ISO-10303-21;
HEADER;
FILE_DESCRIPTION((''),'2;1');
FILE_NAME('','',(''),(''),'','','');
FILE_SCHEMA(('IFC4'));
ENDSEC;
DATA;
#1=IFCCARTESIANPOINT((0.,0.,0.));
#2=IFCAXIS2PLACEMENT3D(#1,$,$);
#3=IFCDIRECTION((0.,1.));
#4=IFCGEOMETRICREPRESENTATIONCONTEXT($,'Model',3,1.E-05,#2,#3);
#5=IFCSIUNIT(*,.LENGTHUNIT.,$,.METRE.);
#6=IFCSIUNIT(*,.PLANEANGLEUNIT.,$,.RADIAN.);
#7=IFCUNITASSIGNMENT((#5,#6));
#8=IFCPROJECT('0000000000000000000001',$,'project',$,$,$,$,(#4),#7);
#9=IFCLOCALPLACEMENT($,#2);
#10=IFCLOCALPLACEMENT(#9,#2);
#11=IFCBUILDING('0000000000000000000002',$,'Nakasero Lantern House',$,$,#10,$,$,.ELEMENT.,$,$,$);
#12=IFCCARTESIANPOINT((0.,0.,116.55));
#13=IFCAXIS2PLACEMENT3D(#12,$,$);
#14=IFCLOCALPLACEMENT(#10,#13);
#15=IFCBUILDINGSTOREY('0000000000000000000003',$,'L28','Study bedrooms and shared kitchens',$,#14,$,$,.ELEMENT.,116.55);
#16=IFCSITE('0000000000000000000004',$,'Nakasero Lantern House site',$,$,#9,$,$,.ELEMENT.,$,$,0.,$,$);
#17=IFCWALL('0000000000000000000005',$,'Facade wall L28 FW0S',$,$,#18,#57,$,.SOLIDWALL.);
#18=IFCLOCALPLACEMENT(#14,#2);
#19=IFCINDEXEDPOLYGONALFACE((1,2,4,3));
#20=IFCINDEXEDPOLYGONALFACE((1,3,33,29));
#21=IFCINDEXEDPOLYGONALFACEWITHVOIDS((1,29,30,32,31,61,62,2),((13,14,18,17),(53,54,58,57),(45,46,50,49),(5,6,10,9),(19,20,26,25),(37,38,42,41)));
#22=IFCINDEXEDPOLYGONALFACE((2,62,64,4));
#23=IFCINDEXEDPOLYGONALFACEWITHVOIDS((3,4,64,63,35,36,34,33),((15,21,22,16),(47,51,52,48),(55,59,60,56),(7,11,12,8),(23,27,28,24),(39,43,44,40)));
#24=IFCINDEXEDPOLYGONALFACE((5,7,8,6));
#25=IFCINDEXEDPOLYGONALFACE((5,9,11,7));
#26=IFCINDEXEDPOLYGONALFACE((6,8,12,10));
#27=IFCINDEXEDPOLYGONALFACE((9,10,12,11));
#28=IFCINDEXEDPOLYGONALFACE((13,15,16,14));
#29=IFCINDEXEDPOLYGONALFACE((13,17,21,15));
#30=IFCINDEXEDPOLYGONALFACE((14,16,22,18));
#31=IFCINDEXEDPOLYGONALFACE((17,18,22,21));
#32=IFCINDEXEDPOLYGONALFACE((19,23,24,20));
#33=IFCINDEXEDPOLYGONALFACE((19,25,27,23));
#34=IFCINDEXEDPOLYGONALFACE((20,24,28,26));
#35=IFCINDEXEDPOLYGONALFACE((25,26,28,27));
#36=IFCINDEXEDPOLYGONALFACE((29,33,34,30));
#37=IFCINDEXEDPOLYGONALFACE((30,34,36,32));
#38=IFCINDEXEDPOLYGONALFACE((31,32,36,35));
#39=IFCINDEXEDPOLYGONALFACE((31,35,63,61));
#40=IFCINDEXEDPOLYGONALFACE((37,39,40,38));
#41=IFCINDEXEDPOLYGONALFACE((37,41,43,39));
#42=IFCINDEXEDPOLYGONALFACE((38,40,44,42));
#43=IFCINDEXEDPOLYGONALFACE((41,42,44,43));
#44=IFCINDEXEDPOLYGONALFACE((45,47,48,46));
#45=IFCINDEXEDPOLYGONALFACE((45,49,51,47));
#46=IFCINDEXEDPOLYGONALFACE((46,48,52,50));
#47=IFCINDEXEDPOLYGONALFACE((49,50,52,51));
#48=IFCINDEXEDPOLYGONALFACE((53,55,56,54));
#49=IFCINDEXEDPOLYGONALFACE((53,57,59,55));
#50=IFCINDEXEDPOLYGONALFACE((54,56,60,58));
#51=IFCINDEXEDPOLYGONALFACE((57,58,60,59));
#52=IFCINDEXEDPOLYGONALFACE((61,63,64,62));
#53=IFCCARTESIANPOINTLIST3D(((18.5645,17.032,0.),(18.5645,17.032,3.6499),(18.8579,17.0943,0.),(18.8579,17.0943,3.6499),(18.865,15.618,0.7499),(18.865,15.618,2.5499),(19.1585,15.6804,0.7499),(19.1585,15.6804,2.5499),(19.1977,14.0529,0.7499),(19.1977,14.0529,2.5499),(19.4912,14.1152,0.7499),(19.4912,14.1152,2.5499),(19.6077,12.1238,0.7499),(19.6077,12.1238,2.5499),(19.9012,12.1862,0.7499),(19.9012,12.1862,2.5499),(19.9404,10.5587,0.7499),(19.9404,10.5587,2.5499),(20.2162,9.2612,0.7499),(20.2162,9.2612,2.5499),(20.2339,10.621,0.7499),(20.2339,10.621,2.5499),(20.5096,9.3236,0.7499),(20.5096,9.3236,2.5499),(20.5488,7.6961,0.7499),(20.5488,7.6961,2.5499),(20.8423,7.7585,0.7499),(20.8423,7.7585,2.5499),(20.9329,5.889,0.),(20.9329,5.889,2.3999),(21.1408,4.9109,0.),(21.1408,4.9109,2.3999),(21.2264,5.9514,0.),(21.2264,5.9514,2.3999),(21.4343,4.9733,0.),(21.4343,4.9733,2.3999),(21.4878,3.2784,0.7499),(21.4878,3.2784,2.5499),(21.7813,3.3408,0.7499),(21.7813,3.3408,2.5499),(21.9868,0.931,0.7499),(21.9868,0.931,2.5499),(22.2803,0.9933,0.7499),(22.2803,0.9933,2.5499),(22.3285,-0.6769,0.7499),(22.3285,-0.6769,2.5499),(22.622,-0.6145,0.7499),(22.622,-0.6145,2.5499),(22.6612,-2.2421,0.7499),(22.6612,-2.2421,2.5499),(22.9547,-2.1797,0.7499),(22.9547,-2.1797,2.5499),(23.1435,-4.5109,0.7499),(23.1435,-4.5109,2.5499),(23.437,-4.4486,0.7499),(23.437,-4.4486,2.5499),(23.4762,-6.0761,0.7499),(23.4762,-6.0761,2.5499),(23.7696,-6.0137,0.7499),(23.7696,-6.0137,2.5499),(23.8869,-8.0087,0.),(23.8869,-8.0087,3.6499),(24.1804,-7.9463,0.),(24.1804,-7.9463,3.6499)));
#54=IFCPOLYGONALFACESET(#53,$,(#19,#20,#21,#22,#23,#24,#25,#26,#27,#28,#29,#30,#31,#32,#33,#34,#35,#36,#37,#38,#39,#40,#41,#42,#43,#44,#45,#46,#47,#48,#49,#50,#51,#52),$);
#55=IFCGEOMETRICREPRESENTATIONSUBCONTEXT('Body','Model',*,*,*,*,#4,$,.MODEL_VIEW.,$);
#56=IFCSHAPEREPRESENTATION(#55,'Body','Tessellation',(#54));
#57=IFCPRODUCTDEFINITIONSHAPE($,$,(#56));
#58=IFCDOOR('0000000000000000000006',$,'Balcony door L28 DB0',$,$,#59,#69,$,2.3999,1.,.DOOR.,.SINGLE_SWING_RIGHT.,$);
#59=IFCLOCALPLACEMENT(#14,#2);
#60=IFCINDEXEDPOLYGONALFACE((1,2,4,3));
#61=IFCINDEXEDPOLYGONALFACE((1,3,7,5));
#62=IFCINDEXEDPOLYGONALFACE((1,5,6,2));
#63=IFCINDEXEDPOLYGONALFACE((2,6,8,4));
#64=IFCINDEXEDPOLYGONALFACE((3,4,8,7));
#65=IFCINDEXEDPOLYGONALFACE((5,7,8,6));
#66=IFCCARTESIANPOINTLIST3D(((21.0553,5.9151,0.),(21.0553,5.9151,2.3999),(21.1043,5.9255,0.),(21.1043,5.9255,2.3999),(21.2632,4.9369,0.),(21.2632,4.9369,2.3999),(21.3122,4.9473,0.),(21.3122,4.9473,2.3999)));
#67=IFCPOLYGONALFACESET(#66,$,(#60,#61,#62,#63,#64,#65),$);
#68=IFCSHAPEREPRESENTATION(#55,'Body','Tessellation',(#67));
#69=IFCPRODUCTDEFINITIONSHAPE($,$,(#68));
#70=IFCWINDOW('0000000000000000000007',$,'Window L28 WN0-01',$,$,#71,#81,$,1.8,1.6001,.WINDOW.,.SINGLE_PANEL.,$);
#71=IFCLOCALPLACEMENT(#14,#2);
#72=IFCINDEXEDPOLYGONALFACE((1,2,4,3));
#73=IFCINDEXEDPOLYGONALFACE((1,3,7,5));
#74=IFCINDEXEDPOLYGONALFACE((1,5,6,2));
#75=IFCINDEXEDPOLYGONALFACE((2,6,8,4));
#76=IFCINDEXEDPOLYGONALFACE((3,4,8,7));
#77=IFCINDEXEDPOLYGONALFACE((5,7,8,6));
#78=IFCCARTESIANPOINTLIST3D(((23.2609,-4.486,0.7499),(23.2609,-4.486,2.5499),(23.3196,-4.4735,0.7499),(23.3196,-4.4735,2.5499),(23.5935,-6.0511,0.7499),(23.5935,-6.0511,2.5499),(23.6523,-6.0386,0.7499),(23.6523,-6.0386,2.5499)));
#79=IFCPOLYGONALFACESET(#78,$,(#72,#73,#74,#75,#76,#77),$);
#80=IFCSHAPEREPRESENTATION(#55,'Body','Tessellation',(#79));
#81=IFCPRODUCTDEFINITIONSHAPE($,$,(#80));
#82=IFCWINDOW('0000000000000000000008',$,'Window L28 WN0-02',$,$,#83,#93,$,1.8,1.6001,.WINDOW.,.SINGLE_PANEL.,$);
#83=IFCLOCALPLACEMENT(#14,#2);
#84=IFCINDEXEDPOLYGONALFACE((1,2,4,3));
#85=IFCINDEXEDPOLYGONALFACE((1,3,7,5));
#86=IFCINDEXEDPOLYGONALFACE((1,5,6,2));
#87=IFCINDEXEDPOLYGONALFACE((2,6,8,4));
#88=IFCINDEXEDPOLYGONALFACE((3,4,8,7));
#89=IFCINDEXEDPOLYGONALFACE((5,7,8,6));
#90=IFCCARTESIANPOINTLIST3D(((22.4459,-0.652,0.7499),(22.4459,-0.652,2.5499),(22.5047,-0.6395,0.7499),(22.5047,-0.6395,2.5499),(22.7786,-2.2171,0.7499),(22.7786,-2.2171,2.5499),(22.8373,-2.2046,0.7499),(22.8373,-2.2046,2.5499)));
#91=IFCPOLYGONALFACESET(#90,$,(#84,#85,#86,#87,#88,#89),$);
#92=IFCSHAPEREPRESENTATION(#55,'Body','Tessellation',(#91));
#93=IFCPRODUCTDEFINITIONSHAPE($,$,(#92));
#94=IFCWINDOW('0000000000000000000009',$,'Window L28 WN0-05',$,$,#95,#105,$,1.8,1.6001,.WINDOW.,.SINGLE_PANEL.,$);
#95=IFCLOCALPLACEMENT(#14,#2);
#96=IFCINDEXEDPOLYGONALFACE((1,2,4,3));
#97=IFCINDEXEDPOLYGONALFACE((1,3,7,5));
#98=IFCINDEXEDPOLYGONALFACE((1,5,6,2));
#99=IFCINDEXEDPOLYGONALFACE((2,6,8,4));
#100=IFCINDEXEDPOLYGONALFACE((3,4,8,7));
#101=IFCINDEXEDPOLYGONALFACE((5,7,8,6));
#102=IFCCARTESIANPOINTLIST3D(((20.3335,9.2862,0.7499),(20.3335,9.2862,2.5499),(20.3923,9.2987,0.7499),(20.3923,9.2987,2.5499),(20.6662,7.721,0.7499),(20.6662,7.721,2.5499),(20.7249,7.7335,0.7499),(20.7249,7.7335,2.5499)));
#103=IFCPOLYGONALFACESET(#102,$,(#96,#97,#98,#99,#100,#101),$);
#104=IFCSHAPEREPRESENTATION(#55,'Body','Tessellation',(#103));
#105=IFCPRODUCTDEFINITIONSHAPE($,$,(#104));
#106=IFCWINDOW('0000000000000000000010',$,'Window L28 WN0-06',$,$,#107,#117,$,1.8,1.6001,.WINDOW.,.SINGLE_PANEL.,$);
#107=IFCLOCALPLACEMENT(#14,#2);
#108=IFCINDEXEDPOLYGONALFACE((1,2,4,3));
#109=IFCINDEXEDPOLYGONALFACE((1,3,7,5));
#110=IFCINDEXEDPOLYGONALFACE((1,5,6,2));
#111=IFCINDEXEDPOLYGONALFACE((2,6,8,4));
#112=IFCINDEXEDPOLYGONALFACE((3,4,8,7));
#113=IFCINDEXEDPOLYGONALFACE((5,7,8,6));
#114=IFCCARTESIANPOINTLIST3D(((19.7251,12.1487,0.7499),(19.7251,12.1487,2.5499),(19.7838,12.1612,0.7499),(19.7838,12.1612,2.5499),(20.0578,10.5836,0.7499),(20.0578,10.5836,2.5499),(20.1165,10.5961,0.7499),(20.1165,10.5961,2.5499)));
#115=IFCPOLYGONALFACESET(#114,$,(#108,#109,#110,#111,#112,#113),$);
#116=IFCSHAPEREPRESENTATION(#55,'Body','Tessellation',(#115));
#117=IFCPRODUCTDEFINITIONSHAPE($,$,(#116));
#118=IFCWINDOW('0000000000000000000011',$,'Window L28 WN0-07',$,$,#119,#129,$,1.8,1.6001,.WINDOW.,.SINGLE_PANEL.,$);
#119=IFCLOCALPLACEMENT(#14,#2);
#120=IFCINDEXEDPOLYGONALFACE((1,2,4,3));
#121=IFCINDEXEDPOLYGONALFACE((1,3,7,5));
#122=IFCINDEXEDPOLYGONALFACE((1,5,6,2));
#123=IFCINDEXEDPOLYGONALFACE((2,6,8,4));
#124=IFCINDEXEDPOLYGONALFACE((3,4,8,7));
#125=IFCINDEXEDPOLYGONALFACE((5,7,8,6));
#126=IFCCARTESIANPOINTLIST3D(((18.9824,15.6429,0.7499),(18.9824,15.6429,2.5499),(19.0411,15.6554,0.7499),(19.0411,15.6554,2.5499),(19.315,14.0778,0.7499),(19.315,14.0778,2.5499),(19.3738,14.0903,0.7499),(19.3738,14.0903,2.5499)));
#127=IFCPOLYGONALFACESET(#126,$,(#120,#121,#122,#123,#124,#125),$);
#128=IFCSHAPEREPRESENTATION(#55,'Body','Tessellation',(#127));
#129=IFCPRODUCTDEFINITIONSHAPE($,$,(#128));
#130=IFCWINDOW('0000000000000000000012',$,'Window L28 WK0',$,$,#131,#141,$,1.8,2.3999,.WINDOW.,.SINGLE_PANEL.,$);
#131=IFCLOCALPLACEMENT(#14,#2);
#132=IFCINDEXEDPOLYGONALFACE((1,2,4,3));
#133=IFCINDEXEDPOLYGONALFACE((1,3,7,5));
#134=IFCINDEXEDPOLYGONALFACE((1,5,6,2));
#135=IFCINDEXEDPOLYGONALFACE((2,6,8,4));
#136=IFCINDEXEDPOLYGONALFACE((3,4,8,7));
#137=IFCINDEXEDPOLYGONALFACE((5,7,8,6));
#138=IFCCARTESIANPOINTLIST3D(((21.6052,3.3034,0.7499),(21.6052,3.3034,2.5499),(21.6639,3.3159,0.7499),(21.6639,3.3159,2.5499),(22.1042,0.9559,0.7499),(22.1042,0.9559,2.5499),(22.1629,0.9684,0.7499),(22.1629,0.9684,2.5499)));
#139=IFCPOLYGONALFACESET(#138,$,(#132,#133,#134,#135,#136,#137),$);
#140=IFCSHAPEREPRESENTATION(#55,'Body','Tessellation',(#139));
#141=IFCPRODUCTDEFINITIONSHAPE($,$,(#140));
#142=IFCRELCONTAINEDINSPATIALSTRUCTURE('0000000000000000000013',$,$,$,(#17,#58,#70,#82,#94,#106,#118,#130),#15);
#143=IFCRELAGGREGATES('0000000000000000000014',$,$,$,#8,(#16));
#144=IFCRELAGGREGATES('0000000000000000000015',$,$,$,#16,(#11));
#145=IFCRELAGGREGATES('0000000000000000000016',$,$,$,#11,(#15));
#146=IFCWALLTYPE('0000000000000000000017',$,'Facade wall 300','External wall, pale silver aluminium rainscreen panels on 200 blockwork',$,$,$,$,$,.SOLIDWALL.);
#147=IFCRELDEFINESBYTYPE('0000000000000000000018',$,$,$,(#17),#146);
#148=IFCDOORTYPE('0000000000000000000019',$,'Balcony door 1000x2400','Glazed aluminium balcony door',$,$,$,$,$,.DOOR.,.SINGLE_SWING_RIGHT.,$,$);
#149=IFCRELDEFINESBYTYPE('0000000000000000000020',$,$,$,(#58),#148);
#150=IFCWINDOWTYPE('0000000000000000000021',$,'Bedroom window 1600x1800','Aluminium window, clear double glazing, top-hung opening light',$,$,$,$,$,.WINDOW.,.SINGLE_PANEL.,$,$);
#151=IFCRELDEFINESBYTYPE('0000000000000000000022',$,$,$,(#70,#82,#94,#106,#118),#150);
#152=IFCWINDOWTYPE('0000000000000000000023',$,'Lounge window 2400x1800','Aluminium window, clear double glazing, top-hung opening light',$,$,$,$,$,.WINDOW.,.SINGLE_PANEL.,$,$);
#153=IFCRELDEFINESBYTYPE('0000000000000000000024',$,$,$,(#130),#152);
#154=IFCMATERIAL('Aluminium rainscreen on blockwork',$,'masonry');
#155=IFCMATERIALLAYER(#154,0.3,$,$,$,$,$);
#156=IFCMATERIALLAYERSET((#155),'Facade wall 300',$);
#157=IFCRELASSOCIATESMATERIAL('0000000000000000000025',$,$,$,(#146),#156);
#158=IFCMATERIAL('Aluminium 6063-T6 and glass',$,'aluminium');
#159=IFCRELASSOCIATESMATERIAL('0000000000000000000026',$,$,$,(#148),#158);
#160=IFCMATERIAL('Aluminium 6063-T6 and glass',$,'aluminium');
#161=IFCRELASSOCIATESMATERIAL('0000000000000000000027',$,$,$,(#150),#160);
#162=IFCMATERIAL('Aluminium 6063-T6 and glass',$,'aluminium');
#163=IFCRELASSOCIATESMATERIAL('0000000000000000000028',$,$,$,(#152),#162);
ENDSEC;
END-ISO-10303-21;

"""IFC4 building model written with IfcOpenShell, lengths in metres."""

from ifc_helpers import new_model, si_unit, direction, frame, frame_2d, origin, place, context, subcontext, project, spatial, rectangle, extrude, material, layer, layer_set, type_object, element, fill, save


model = new_model("IFC4")

# Units and contexts
model_context = context("Model", 3, precision=1e-05, world=origin(), true_north=direction((0.0, 1.0)))
body_context = subcontext(model_context, "Body", "Model", "MODEL_VIEW")
ifc_project = project(units=[si_unit("LENGTHUNIT", "METRE"), si_unit("PLANEANGLEUNIT", "RADIAN")], contexts=[model_context])

# Site, building, storey
site_placement = place(None, origin())
site = spatial("IfcSite", under=ifc_project, at=site_placement, Name="Nakasero Lantern House site", CompositionType="ELEMENT", RefElevation=0.0)
building_placement = place(site_placement, origin())
building = spatial("IfcBuilding", under=site, at=building_placement, Name="Nakasero Lantern House", CompositionType="ELEMENT")
storey_placement = place(building_placement, frame((0.0, 0.0, 116.55)))
storey = spatial("IfcBuildingStorey", under=building, at=storey_placement, Name="L28", Description="Study bedrooms and shared kitchens", CompositionType="ELEMENT", Elevation=116.55)

# Wall, openings, door, windows
ifc_material_1 = material(Name="Aluminium rainscreen on blockwork", Category="masonry")
ifc_layer_1 = layer(ifc_material_1, 0.3)
ifc_layer_set_1 = layer_set([ifc_layer_1], Name="Facade wall 300")
wall_type_1 = type_object("IfcWallType", Name="Facade wall 300", Description="External wall, pale silver aluminium rainscreen panels on 200 blockwork", PredefinedType="SOLIDWALL", material=ifc_layer_set_1)
wall_1_placement = place(storey_placement, frame((24.0337, -7.9775, 0.0), z_axis=(0.0, 0.0, 1.0), x_axis=(-0.207909, 0.978148, 0.0)))
wall_1 = element("IfcWall", 1, at=wall_1_placement, inside=storey, type_object=wall_type_1, Name="Facade wall L28 FW0S", PredefinedType="SOLIDWALL", context=body_context, shape_type="SweptSolid", body=[
    extrude(rectangle(XDim=25.6001, YDim=0.3, at=frame_2d((12.8, 0.0))), origin(), (0.0, 0.0, 1.0), 3.6499),
])
opening_1_placement = place(wall_1_placement, frame((1.9758, 0.0, 0.75)))
opening_1 = element("IfcOpeningElement", 2, at=opening_1_placement, cuts=wall_1, PredefinedType="OPENING", context=body_context, shape_type="SweptSolid", body=[
    extrude(rectangle(XDim=1.6001, YDim=1.8, at=frame_2d((0.8, 0.8999))), frame((0.0, 0.1699, 0.0), z_axis=(0.0, -1.0, 0.0), x_axis=(1.0, 0.0, 0.0)), (0.0, 0.0, 1.0), 0.3401),
])
opening_2_placement = place(wall_1_placement, frame((5.8955, 0.0, 0.75)))
opening_2 = element("IfcOpeningElement", 3, at=opening_2_placement, cuts=wall_1, PredefinedType="OPENING", context=body_context, shape_type="SweptSolid", body=[
    extrude(rectangle(XDim=1.6001, YDim=1.8, at=frame_2d((0.8, 0.8999))), frame((0.0, 0.1699, 0.0), z_axis=(0.0, -1.0, 0.0), x_axis=(1.0, 0.0, 0.0)), (0.0, 0.0, 1.0), 0.3401),
])
opening_3_placement = place(wall_1_placement, frame((16.0557, 0.0, 0.75)))
opening_3 = element("IfcOpeningElement", 4, at=opening_3_placement, cuts=wall_1, PredefinedType="OPENING", context=body_context, shape_type="SweptSolid", body=[
    extrude(rectangle(XDim=1.6001, YDim=1.8, at=frame_2d((0.8, 0.8999))), frame((0.0, 0.1699, 0.0), z_axis=(0.0, -1.0, 0.0), x_axis=(1.0, 0.0, 0.0)), (0.0, 0.0, 1.0), 0.3401),
])
opening_4_placement = place(wall_1_placement, frame((18.9822, 0.0, 0.75)))
opening_4 = element("IfcOpeningElement", 5, at=opening_4_placement, cuts=wall_1, PredefinedType="OPENING", context=body_context, shape_type="SweptSolid", body=[
    extrude(rectangle(XDim=1.6001, YDim=1.8, at=frame_2d((0.8, 0.8999))), frame((0.0, 0.1699, 0.0), z_axis=(0.0, -1.0, 0.0), x_axis=(1.0, 0.0, 0.0)), (0.0, 0.0, 1.0), 0.3401),
])
opening_5_placement = place(wall_1_placement, frame((22.5544, 0.0, 0.75)))
opening_5 = element("IfcOpeningElement", 6, at=opening_5_placement, cuts=wall_1, PredefinedType="OPENING", context=body_context, shape_type="SweptSolid", body=[
    extrude(rectangle(XDim=1.6001, YDim=1.8, at=frame_2d((0.8, 0.8999))), frame((0.0, 0.1699, 0.0), z_axis=(0.0, -1.0, 0.0), x_axis=(1.0, 0.0, 0.0)), (0.0, 0.0, 1.0), 0.3401),
])
opening_6_placement = place(wall_1_placement, frame((9.1394, 0.0, 0.75)))
opening_6 = element("IfcOpeningElement", 7, at=opening_6_placement, cuts=wall_1, PredefinedType="OPENING", context=body_context, shape_type="SweptSolid", body=[
    extrude(rectangle(XDim=2.3999, YDim=1.8, at=frame_2d((1.2, 0.8999))), frame((0.0, 0.1699, 0.0), z_axis=(0.0, -1.0, 0.0), x_axis=(1.0, 0.0, 0.0)), (0.0, 0.0, 1.0), 0.3401),
])
opening_7_placement = place(wall_1_placement, frame((13.2083, 0.0, 0.0)))
opening_7 = element("IfcOpeningElement", 8, at=opening_7_placement, cuts=wall_1, PredefinedType="OPENING", context=body_context, shape_type="SweptSolid", body=[
    extrude(rectangle(XDim=1.0, YDim=2.3999, at=frame_2d((0.5, 1.2))), frame((0.0, 0.1699, 0.0), z_axis=(0.0, -1.0, 0.0), x_axis=(1.0, 0.0, 0.0)), (0.0, 0.0, 1.0), 0.3401),
])
ifc_material_2 = material(Name="Aluminium 6063-T6 and glass", Category="aluminium")
door_type = type_object("IfcDoorType", Name="Balcony door 1000x2400", Description="Glazed aluminium balcony door", OperationType="SINGLE_SWING_RIGHT", PredefinedType="DOOR", material=ifc_material_2)
door_placement = place(opening_7_placement, origin())
door = element("IfcDoor", 9, at=door_placement, inside=storey, type_object=door_type, Name="Balcony door L28 DB0", OperationType="SINGLE_SWING_RIGHT", OverallHeight=2.3999, OverallWidth=1.0, PredefinedType="DOOR", context=body_context, shape_type="SweptSolid", body=[
    extrude(rectangle(XDim=1.0, YDim=2.3999, at=frame_2d((0.5, 1.2))), frame((0.0, 0.0249, 0.0), z_axis=(0.0, -1.0, 0.0), x_axis=(1.0, 0.0, 0.0)), (0.0, 0.0, 1.0), 0.05),
])
fill(opening_7, door)
ifc_material_3 = material(Name="Aluminium 6063-T6 and glass", Category="aluminium")
window_type_1 = type_object("IfcWindowType", Name="Bedroom window 1600x1800", Description="Aluminium window, clear double glazing, top-hung opening light", PartitioningType="SINGLE_PANEL", PredefinedType="WINDOW", material=ifc_material_3)
window_1_placement = place(opening_1_placement, origin())
window_1 = element("IfcWindow", 10, at=window_1_placement, inside=storey, type_object=window_type_1, Name="Window L28 WN0-01", OverallHeight=1.8, OverallWidth=1.6001, PartitioningType="SINGLE_PANEL", PredefinedType="WINDOW", context=body_context, shape_type="SweptSolid", body=[
    extrude(rectangle(XDim=1.6001, YDim=1.8, at=frame_2d((0.8, 0.8999))), frame((0.0, 0.03, 0.0), z_axis=(0.0, -1.0, 0.0), x_axis=(1.0, 0.0, 0.0)), (0.0, 0.0, 1.0), 0.0601),
])
fill(opening_1, window_1)
window_2_placement = place(opening_2_placement, origin())
window_2 = element("IfcWindow", 11, at=window_2_placement, inside=storey, type_object=window_type_1, Name="Window L28 WN0-02", OverallHeight=1.8, OverallWidth=1.6001, PartitioningType="SINGLE_PANEL", PredefinedType="WINDOW", context=body_context, shape_type="SweptSolid", body=[
    extrude(rectangle(XDim=1.6001, YDim=1.8, at=frame_2d((0.8, 0.8999))), frame((0.0, 0.03, 0.0), z_axis=(0.0, -1.0, 0.0), x_axis=(1.0, 0.0, 0.0)), (0.0, 0.0, 1.0), 0.0601),
])
fill(opening_2, window_2)
window_3_placement = place(opening_3_placement, origin())
window_3 = element("IfcWindow", 12, at=window_3_placement, inside=storey, type_object=window_type_1, Name="Window L28 WN0-05", OverallHeight=1.8, OverallWidth=1.6001, PartitioningType="SINGLE_PANEL", PredefinedType="WINDOW", context=body_context, shape_type="SweptSolid", body=[
    extrude(rectangle(XDim=1.6001, YDim=1.8, at=frame_2d((0.8, 0.8999))), frame((0.0, 0.03, 0.0), z_axis=(0.0, -1.0, 0.0), x_axis=(1.0, 0.0, 0.0)), (0.0, 0.0, 1.0), 0.0601),
])
fill(opening_3, window_3)
window_4_placement = place(opening_4_placement, origin())
window_4 = element("IfcWindow", 13, at=window_4_placement, inside=storey, type_object=window_type_1, Name="Window L28 WN0-06", OverallHeight=1.8, OverallWidth=1.6001, PartitioningType="SINGLE_PANEL", PredefinedType="WINDOW", context=body_context, shape_type="SweptSolid", body=[
    extrude(rectangle(XDim=1.6001, YDim=1.8, at=frame_2d((0.8, 0.8999))), frame((0.0, 0.03, 0.0), z_axis=(0.0, -1.0, 0.0), x_axis=(1.0, 0.0, 0.0)), (0.0, 0.0, 1.0), 0.0601),
])
fill(opening_4, window_4)
window_5_placement = place(opening_5_placement, origin())
window_5 = element("IfcWindow", 14, at=window_5_placement, inside=storey, type_object=window_type_1, Name="Window L28 WN0-07", OverallHeight=1.8, OverallWidth=1.6001, PartitioningType="SINGLE_PANEL", PredefinedType="WINDOW", context=body_context, shape_type="SweptSolid", body=[
    extrude(rectangle(XDim=1.6001, YDim=1.8, at=frame_2d((0.8, 0.8999))), frame((0.0, 0.03, 0.0), z_axis=(0.0, -1.0, 0.0), x_axis=(1.0, 0.0, 0.0)), (0.0, 0.0, 1.0), 0.0601),
])
fill(opening_5, window_5)
ifc_material_4 = material(Name="Aluminium 6063-T6 and glass", Category="aluminium")
window_type_2 = type_object("IfcWindowType", Name="Lounge window 2400x1800", Description="Aluminium window, clear double glazing, top-hung opening light", PartitioningType="SINGLE_PANEL", PredefinedType="WINDOW", material=ifc_material_4)
window_6_placement = place(opening_6_placement, origin())
window_6 = element("IfcWindow", 15, at=window_6_placement, inside=storey, type_object=window_type_2, Name="Window L28 WK0", OverallHeight=1.8, OverallWidth=2.3999, PartitioningType="SINGLE_PANEL", PredefinedType="WINDOW", context=body_context, shape_type="SweptSolid", body=[
    extrude(rectangle(XDim=2.3999, YDim=1.8, at=frame_2d((1.2, 0.8999))), frame((0.0, 0.03, 0.0), z_axis=(0.0, -1.0, 0.0), x_axis=(1.0, 0.0, 0.0)), (0.0, 0.0, 1.0), 0.0601),
])
fill(opening_6, window_6)

save(model, "model.ifc")
